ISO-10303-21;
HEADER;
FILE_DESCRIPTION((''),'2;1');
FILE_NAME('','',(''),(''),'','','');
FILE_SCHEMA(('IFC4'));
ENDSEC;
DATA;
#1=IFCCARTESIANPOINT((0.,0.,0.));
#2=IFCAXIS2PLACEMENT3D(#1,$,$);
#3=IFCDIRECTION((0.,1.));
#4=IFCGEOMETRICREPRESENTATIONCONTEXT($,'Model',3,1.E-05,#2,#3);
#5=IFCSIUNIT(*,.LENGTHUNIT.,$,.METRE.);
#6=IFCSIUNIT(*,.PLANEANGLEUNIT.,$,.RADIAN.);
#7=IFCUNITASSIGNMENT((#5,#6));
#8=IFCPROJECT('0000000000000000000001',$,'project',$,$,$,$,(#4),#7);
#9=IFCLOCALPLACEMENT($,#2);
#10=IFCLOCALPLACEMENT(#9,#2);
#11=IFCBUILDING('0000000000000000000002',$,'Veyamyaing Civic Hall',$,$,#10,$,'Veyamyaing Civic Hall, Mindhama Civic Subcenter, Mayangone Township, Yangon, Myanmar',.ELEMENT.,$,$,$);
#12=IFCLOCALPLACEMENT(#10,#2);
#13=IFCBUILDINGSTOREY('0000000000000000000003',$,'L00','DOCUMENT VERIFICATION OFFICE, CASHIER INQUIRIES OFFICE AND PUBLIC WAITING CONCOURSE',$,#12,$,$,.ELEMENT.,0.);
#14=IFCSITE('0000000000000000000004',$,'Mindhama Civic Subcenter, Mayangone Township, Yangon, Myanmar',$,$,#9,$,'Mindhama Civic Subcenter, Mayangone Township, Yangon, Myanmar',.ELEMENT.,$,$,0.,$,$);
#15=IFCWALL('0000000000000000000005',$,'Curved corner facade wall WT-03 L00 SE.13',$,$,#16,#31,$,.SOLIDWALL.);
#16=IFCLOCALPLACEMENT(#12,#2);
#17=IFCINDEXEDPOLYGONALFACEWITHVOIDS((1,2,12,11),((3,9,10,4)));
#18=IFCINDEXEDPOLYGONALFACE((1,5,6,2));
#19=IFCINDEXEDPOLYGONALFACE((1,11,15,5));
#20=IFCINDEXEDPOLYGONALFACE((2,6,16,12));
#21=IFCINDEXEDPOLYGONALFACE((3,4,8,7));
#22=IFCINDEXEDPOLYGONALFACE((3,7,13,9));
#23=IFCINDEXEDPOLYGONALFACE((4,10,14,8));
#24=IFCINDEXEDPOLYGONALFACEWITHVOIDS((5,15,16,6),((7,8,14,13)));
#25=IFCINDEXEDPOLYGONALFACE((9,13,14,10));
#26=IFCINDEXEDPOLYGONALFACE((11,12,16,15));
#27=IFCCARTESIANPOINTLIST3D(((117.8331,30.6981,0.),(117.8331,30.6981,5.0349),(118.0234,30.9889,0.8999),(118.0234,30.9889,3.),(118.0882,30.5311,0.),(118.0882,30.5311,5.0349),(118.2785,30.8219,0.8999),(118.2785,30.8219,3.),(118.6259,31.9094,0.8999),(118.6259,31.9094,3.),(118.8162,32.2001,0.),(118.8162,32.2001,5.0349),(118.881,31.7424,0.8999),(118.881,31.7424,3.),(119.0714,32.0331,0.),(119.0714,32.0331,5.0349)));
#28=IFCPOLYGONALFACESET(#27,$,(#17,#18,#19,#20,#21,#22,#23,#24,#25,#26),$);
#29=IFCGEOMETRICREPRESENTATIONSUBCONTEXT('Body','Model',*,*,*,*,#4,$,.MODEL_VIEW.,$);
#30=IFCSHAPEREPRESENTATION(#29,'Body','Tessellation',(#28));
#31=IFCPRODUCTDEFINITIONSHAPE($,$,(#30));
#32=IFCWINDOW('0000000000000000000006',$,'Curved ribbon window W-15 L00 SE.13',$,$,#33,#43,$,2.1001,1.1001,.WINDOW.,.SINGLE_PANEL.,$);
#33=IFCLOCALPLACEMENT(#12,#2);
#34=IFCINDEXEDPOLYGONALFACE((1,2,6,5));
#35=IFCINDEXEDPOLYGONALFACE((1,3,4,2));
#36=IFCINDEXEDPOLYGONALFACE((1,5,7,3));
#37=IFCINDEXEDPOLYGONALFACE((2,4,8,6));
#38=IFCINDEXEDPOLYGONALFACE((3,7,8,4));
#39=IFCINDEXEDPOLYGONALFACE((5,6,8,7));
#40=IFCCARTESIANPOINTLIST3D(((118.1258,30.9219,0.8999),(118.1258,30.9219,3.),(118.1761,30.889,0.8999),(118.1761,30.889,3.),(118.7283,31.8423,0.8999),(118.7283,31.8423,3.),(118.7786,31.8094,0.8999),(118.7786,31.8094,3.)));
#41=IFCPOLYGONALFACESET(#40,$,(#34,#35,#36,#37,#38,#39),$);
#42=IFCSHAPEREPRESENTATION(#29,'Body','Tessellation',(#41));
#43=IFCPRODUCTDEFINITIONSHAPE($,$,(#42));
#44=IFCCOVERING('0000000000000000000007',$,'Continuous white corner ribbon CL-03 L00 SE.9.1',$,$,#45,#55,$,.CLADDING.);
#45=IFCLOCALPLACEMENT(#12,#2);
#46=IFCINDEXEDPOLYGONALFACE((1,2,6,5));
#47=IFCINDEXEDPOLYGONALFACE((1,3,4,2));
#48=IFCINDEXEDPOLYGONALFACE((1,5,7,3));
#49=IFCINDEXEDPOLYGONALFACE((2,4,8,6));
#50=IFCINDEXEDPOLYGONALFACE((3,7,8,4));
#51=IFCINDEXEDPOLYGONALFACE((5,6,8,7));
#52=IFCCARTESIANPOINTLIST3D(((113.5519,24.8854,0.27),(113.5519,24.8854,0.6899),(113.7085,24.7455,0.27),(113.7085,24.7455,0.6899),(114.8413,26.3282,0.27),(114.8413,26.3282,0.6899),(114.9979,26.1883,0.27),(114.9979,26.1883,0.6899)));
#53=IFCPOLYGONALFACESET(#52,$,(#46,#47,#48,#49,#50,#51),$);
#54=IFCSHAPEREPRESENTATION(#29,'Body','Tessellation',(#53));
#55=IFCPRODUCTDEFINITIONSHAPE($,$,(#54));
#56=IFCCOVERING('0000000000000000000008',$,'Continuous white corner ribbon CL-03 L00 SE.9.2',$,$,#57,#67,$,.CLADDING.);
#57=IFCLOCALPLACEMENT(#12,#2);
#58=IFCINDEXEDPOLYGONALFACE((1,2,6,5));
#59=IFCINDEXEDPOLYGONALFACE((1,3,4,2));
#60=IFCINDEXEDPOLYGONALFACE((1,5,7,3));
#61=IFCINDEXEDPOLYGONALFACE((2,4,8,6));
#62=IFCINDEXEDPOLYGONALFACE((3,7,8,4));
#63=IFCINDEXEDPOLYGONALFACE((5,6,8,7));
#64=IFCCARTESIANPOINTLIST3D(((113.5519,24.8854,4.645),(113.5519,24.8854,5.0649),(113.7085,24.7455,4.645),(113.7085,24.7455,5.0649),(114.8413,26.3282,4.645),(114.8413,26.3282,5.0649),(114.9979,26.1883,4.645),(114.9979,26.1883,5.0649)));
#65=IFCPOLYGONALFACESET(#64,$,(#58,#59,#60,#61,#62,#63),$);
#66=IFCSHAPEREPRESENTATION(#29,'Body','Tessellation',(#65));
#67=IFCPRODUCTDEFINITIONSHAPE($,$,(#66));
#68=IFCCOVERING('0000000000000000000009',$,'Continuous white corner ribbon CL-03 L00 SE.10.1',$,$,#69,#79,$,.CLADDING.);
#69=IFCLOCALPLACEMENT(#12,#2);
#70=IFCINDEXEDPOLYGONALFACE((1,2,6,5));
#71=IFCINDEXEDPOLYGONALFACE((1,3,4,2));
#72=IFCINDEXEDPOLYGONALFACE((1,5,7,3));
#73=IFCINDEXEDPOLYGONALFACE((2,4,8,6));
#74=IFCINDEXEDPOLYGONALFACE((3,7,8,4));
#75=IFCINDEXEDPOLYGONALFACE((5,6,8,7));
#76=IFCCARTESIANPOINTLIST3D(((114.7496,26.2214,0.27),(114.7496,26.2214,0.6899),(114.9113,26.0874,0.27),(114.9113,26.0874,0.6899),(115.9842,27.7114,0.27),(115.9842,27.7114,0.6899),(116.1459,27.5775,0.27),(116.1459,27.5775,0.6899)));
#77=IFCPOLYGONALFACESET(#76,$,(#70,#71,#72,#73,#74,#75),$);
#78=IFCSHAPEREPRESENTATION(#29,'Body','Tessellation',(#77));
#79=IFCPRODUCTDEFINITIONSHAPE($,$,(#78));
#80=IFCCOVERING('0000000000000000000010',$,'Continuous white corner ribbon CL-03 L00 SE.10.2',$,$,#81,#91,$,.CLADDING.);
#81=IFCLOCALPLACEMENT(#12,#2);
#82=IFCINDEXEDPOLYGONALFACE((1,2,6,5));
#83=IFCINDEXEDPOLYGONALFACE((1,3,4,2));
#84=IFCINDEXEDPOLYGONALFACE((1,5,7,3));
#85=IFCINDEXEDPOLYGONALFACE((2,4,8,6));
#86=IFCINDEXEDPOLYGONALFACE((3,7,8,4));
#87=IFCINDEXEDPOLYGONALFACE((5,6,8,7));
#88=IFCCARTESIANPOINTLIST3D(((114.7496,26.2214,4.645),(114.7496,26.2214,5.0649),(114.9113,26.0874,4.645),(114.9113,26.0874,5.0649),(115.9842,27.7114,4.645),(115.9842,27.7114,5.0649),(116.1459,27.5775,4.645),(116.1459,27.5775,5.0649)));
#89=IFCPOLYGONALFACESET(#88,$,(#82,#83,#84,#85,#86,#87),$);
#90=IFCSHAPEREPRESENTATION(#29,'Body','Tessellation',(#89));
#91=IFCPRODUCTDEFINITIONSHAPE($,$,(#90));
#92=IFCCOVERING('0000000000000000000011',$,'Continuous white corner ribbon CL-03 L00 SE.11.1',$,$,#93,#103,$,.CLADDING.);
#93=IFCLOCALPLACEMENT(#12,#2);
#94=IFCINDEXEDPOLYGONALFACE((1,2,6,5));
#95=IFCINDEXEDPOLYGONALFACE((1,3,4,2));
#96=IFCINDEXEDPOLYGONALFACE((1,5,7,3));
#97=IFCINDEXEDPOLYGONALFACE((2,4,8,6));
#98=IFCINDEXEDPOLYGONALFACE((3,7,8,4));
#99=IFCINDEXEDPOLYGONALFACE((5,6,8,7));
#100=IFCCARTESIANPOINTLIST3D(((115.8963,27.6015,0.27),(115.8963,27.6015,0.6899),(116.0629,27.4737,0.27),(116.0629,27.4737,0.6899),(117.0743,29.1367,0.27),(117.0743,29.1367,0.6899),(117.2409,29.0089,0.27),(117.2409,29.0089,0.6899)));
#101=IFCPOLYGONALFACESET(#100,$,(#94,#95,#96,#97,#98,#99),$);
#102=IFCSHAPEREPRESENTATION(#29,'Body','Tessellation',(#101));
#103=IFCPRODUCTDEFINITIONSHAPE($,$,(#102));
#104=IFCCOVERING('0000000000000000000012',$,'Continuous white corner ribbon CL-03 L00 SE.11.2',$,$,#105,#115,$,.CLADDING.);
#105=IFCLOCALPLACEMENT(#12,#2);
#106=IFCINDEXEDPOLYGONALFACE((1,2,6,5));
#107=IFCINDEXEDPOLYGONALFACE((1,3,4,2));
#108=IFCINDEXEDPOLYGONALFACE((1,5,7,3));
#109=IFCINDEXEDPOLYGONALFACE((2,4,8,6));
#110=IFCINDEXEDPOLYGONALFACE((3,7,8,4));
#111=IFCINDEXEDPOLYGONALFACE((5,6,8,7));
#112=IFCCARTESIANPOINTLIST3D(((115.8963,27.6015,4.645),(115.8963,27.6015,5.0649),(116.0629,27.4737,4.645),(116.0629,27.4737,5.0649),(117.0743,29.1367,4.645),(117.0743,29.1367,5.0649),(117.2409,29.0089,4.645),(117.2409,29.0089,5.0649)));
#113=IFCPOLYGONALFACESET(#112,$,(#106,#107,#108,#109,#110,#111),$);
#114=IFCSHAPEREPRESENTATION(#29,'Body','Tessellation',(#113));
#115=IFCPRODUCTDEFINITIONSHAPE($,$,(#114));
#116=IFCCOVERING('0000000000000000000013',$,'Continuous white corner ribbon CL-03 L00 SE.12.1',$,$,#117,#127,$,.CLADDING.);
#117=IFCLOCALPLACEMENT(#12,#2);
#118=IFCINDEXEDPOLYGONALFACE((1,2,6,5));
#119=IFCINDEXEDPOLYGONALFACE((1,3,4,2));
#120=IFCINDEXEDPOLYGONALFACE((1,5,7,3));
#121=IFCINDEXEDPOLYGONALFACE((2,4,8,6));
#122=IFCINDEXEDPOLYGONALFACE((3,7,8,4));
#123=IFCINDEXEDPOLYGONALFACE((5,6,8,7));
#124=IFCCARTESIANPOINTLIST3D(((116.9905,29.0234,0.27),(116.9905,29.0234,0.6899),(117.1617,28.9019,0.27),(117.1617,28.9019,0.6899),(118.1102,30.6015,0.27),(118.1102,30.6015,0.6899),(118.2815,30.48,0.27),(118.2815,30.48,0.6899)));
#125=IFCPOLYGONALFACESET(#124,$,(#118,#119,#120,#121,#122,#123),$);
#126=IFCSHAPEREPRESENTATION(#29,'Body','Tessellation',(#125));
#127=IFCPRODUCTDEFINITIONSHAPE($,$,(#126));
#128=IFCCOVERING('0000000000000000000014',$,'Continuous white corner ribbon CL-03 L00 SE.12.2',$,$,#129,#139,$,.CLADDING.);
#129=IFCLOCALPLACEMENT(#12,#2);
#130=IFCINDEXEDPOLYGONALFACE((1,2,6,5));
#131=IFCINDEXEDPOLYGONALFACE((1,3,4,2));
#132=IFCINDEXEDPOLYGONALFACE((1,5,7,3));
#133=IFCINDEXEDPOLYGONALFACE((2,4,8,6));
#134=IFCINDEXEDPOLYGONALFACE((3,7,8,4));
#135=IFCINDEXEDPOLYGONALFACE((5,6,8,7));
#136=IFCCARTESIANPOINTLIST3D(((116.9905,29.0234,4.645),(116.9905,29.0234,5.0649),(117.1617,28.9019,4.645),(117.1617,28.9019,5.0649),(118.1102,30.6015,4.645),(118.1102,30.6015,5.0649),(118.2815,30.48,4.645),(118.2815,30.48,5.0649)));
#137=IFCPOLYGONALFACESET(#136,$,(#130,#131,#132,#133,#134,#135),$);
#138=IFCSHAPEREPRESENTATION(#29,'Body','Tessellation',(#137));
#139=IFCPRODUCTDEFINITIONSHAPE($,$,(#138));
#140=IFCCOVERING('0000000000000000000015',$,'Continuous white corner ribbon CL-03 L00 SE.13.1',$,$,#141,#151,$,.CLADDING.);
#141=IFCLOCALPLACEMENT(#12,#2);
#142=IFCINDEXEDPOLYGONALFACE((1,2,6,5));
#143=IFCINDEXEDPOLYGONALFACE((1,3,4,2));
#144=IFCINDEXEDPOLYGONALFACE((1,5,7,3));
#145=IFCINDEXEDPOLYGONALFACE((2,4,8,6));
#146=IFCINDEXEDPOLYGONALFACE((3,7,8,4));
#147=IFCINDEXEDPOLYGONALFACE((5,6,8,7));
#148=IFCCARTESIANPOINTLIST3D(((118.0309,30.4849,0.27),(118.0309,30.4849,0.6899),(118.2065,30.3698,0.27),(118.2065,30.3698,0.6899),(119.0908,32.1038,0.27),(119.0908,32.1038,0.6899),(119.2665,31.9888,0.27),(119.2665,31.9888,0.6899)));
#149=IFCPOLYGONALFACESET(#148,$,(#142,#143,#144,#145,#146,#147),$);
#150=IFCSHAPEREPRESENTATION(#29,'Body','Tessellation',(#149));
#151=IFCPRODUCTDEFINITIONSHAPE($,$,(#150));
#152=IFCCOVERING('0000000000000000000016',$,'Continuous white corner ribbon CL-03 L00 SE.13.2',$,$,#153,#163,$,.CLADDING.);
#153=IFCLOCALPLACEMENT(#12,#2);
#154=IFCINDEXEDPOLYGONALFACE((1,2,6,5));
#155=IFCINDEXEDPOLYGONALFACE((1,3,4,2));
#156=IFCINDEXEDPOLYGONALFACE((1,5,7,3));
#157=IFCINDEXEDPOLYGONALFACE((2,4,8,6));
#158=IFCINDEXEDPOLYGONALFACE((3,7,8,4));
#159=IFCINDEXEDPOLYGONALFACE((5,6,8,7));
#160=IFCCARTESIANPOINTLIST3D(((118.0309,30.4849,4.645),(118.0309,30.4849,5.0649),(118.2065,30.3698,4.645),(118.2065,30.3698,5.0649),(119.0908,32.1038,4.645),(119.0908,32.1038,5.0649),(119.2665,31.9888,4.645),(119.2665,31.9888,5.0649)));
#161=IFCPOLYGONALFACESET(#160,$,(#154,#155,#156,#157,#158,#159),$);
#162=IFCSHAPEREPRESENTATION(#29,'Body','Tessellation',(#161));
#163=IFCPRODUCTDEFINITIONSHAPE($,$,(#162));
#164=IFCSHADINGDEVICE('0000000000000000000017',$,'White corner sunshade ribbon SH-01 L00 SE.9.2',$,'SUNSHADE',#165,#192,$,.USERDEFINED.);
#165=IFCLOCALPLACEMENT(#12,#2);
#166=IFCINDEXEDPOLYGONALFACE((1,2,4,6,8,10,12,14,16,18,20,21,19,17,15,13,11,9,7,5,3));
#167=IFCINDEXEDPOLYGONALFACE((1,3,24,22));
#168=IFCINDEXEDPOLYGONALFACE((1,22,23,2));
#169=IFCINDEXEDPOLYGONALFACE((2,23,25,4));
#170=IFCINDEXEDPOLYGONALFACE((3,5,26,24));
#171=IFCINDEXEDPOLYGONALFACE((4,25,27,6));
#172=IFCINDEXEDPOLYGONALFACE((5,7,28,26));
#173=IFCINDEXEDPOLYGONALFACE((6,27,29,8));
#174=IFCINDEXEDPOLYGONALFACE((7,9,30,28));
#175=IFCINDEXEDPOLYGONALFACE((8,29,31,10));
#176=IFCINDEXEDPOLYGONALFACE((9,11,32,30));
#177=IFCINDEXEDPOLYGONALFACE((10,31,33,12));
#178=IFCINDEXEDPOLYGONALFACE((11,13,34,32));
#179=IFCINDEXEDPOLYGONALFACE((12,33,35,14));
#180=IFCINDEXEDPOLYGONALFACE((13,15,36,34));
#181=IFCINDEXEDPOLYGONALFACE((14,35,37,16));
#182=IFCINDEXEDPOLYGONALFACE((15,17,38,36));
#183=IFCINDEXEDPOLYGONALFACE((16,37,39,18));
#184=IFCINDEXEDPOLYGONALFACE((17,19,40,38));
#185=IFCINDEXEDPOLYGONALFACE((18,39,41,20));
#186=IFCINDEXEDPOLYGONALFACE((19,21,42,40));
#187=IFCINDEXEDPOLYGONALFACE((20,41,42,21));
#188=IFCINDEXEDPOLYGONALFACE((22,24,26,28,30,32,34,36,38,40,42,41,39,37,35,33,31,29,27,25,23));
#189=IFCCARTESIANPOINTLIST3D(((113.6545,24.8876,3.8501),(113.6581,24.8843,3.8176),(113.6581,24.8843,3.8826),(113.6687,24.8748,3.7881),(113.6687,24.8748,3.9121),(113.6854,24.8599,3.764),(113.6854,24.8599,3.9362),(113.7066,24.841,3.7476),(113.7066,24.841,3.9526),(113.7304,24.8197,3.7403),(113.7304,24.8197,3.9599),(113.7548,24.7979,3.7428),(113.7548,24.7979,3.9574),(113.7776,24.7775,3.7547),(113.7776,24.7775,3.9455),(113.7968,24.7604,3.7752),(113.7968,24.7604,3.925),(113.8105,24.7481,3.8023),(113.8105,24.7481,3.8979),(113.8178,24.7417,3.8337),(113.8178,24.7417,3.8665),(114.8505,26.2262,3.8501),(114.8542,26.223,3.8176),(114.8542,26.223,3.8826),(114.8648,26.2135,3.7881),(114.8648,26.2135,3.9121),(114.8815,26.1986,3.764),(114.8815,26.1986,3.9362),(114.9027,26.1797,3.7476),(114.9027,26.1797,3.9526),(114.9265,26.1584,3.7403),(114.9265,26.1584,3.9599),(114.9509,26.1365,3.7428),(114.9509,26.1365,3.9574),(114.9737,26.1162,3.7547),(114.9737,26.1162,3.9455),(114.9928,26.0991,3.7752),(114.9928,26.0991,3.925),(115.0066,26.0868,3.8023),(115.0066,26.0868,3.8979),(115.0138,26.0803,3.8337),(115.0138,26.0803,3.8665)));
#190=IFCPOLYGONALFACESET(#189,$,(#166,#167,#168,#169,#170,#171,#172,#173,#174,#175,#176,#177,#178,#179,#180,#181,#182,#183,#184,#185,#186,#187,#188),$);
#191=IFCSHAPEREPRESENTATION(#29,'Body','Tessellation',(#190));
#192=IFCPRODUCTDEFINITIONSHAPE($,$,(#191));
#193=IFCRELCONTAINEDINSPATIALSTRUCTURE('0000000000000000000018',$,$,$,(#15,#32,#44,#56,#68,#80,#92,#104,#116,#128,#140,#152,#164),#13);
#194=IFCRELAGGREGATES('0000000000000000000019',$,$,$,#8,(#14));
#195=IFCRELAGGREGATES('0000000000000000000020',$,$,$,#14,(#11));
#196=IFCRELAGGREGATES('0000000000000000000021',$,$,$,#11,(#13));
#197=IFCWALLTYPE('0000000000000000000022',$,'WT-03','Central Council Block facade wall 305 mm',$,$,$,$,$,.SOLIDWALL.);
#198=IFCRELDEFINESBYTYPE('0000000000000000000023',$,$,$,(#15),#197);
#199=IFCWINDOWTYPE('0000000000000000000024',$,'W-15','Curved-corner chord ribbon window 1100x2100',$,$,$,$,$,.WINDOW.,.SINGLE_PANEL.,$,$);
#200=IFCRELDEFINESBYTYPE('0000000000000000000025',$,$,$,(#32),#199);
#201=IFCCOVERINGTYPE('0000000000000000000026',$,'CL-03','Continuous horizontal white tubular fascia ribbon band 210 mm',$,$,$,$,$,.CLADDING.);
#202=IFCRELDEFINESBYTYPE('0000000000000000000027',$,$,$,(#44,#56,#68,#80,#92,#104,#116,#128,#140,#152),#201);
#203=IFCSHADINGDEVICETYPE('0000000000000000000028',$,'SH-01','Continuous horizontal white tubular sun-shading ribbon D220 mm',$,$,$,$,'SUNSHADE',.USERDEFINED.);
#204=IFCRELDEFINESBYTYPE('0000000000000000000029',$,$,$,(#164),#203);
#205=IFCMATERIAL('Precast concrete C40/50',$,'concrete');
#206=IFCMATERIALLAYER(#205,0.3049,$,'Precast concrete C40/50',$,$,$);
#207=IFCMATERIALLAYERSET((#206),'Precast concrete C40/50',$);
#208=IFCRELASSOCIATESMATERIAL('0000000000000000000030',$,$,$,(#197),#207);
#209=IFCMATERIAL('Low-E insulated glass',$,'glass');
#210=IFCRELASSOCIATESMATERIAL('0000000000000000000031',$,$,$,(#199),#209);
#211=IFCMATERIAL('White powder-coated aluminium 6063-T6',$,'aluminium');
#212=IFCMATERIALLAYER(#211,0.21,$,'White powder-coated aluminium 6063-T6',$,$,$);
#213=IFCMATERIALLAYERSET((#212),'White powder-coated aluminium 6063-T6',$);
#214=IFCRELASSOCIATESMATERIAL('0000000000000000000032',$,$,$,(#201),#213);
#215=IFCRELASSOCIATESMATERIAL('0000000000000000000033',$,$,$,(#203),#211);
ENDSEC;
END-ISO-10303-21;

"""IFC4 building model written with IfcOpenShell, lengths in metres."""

from ifc_helpers import new_model, si_unit, direction, frame, frame_2d, origin, origin_2d, place, context, subcontext, project, spatial, rectangle, circle, extrude, material, layer, layer_set, material_profile, profile_set, type_object, element, fill, save


model = new_model("IFC4")

# Units and contexts
model_context = context("Model", 3, precision=1e-05, world=origin(), true_north=direction((0.0, 1.0)))
body_context = subcontext(model_context, "Body", "Model", "MODEL_VIEW")
ifc_project = project(units=[si_unit("LENGTHUNIT", "METRE"), si_unit("PLANEANGLEUNIT", "RADIAN")], contexts=[model_context])

# Site, building, storey
site_placement = place(None, origin())
site = spatial("IfcSite", under=ifc_project, at=site_placement, Name="Mindhama Civic Subcenter, Mayangone Township, Yangon, Myanmar", LongName="Mindhama Civic Subcenter, Mayangone Township, Yangon, Myanmar", CompositionType="ELEMENT", RefElevation=0.0)
building_placement = place(site_placement, origin())
building = spatial("IfcBuilding", under=site, at=building_placement, Name="Veyamyaing Civic Hall", LongName="Veyamyaing Civic Hall, Mindhama Civic Subcenter, Mayangone Township, Yangon, Myanmar", CompositionType="ELEMENT")
storey_placement = place(building_placement, origin())
storey = spatial("IfcBuildingStorey", under=building, at=storey_placement, Name="L00", Description="DOCUMENT VERIFICATION OFFICE, CASHIER INQUIRIES OFFICE AND PUBLIC WAITING CONCOURSE", CompositionType="ELEMENT", Elevation=0.0)

# Shared definitions
ifc_material_1 = material(Name="Precast concrete C40/50", Category="concrete")
ifc_layer_1 = layer(ifc_material_1, 0.3049, Name="Precast concrete C40/50")
ifc_layer_set_1 = layer_set([ifc_layer_1], Name="Precast concrete C40/50")
wall_type = type_object("IfcWallType", Name="WT-03", Description="Central Council Block facade wall 305 mm", PredefinedType="SOLIDWALL", material=ifc_layer_set_1)

# Wall, opening, window
ifc_material_2 = material(Name="Low-E insulated glass", Category="glass")
window_type = type_object("IfcWindowType", Name="W-15", Description="Curved-corner chord ribbon window 1100x2100", PartitioningType="SINGLE_PANEL", PredefinedType="WINDOW", material=ifc_material_2)
wall_1_placement = place(storey_placement, frame((117.9607, 30.6147, 0.0), z_axis=(0.0, 0.0, 1.0), x_axis=(0.547682, 0.836687, 0.0)))
wall_1 = element("IfcWall", 1, at=wall_1_placement, inside=storey, type_object=wall_type, Name="Curved corner facade wall WT-03 L00 SE.13", PredefinedType="SOLIDWALL", context=body_context, shape_type="SweptSolid", body=[
    extrude(rectangle(XDim=1.7952, YDim=0.3049, at=frame_2d((0.8975, 0.0))), origin(), (0.0, 0.0, 1.0), 5.0349),
])
opening_1_placement = place(wall_1_placement, frame((0.3474, 0.0, 0.8999)))
opening_1 = element("IfcOpeningElement", 2, at=opening_1_placement, cuts=wall_1, PredefinedType="OPENING", context=body_context, shape_type="SweptSolid", body=[
    extrude(rectangle(XDim=1.1001, YDim=2.1001, at=frame_2d((0.55, 1.05))), frame((0.0, 0.1624, 0.0), z_axis=(0.0, -1.0, 0.0), x_axis=(1.0, 0.0, 0.0)), (0.0, 0.0, 1.0), 0.325),
])
window_1_placement = place(opening_1_placement, origin())
window_1 = element("IfcWindow", 3, at=window_1_placement, inside=storey, type_object=window_type, Name="Curved ribbon window W-15 L00 SE.13", OverallHeight=2.1001, OverallWidth=1.1001, PartitioningType="SINGLE_PANEL", PredefinedType="WINDOW", context=body_context, shape_type="SweptSolid", body=[
    extrude(rectangle(XDim=1.1001, YDim=2.1001, at=frame_2d((0.55, 1.05))), frame((0.0, 0.03, 0.0), z_axis=(0.0, -1.0, 0.0), x_axis=(1.0, 0.0, 0.0)), (0.0, 0.0, 1.0), 0.0601),
])
fill(opening_1, window_1)

# Coverings
ifc_material_3 = material(Name="White powder-coated aluminium 6063-T6", Category="aluminium")
ifc_layer_2 = layer(ifc_material_3, 0.21, Name="White powder-coated aluminium 6063-T6")
ifc_layer_set_2 = layer_set([ifc_layer_2], Name="White powder-coated aluminium 6063-T6")
covering_type = type_object("IfcCoveringType", Name="CL-03", Description="Continuous horizontal white tubular fascia ribbon band 210 mm", PredefinedType="CLADDING", material=ifc_layer_set_2)
for number, where, z_axis, x_axis, name in (
    (4, (114.2749, 25.5369, 0.27), (0.0, 0.0, 1.0), (0.666347, 0.745642, 0.0), "Continuous white corner ribbon CL-03 L00 SE.9.1"),
    (5, (114.2749, 25.5369, 4.645), (0.0, 0.0, 1.0), (0.666347, 0.745642, 0.0), "Continuous white corner ribbon CL-03 L00 SE.9.2"),
    (6, (115.4478, 26.8994, 0.27), (0.0, 0.0, 1.0), (0.638, 0.770036, 0.0), "Continuous white corner ribbon CL-03 L00 SE.10.1"),
    (7, (115.4478, 26.8994, 4.645), (0.0, 0.0, 1.0), (0.638, 0.770036, 0.0), "Continuous white corner ribbon CL-03 L00 SE.10.2"),
    (8, (116.5686, 28.3052, 0.27), (0.0, 0.0, 1.0), (0.608761, 0.793353, 0.0), "Continuous white corner ribbon CL-03 L00 SE.11.1"),
    (9, (116.5686, 28.3052, 4.645), (0.0, 0.0, 1.0), (0.608761, 0.793353, 0.0), "Continuous white corner ribbon CL-03 L00 SE.11.2"),
    (10, (117.636, 29.7517, 0.27), (0.0, 0.0, 1.0), (0.578671, 0.815561, 0.0), "Continuous white corner ribbon CL-03 L00 SE.12.1"),
    (11, (117.636, 29.7517, 4.645), (0.0, 0.0, 1.0), (0.578671, 0.815561, 0.0), "Continuous white corner ribbon CL-03 L00 SE.12.2"),
    (12, (118.6487, 31.2368, 0.27), (0.0, 0.0, 1.0), (0.547772, 0.836628, 0.0), "Continuous white corner ribbon CL-03 L00 SE.13.1"),
    (13, (118.6487, 31.2368, 4.645), (0.0, 0.0, 1.0), (0.547772, 0.836628, 0.0), "Continuous white corner ribbon CL-03 L00 SE.13.2"),
):
    element("IfcCovering", number, at=place(storey_placement, frame(where, z_axis=z_axis, x_axis=x_axis)), inside=storey, type_object=covering_type, Name=name, PredefinedType="CLADDING", context=body_context, shape_type="SweptSolid", body=[
        extrude(rectangle(XDim=1.9351, YDim=0.21, at=origin_2d()), origin(), (0.0, 0.0, 1.0), 0.4199),
    ])

# Shading device
ifc_material_profile_1 = material_profile(ifc_material_3, circle(Radius=0.1101, at=origin_2d()), Name="SHADE-TUBE-220")
ifc_profile_set_1 = profile_set([ifc_material_profile_1], Name="White powder-coated aluminium 6063-T6")
shading_device_type = type_object("IfcShadingDeviceType", Name="SH-01", Description="Continuous horizontal white tubular sun-shading ribbon D220 mm", ElementType="SUNSHADE", PredefinedType="USERDEFINED", material=ifc_profile_set_1)
for number, where, z_axis, x_axis, name in (
    (14, (113.7366, 24.8142, 3.8501), (0.666278, 0.745704, 0.0), (-0.745704, 0.666278, 0.0), "White corner sunshade ribbon SH-01 L00 SE.9.2"),
):
    element("IfcShadingDevice", number, at=place(storey_placement, frame(where, z_axis=z_axis, x_axis=x_axis)), inside=storey, type_object=shading_device_type, Name=name, ObjectType="SUNSHADE", PredefinedType="USERDEFINED", context=body_context, shape_type="SweptSolid", body=[
        extrude(circle(Radius=0.1101, at=origin_2d()), origin(), (0.0, 0.0, 1.0), 1.7952),
    ])

save(model, "model.ifc")
